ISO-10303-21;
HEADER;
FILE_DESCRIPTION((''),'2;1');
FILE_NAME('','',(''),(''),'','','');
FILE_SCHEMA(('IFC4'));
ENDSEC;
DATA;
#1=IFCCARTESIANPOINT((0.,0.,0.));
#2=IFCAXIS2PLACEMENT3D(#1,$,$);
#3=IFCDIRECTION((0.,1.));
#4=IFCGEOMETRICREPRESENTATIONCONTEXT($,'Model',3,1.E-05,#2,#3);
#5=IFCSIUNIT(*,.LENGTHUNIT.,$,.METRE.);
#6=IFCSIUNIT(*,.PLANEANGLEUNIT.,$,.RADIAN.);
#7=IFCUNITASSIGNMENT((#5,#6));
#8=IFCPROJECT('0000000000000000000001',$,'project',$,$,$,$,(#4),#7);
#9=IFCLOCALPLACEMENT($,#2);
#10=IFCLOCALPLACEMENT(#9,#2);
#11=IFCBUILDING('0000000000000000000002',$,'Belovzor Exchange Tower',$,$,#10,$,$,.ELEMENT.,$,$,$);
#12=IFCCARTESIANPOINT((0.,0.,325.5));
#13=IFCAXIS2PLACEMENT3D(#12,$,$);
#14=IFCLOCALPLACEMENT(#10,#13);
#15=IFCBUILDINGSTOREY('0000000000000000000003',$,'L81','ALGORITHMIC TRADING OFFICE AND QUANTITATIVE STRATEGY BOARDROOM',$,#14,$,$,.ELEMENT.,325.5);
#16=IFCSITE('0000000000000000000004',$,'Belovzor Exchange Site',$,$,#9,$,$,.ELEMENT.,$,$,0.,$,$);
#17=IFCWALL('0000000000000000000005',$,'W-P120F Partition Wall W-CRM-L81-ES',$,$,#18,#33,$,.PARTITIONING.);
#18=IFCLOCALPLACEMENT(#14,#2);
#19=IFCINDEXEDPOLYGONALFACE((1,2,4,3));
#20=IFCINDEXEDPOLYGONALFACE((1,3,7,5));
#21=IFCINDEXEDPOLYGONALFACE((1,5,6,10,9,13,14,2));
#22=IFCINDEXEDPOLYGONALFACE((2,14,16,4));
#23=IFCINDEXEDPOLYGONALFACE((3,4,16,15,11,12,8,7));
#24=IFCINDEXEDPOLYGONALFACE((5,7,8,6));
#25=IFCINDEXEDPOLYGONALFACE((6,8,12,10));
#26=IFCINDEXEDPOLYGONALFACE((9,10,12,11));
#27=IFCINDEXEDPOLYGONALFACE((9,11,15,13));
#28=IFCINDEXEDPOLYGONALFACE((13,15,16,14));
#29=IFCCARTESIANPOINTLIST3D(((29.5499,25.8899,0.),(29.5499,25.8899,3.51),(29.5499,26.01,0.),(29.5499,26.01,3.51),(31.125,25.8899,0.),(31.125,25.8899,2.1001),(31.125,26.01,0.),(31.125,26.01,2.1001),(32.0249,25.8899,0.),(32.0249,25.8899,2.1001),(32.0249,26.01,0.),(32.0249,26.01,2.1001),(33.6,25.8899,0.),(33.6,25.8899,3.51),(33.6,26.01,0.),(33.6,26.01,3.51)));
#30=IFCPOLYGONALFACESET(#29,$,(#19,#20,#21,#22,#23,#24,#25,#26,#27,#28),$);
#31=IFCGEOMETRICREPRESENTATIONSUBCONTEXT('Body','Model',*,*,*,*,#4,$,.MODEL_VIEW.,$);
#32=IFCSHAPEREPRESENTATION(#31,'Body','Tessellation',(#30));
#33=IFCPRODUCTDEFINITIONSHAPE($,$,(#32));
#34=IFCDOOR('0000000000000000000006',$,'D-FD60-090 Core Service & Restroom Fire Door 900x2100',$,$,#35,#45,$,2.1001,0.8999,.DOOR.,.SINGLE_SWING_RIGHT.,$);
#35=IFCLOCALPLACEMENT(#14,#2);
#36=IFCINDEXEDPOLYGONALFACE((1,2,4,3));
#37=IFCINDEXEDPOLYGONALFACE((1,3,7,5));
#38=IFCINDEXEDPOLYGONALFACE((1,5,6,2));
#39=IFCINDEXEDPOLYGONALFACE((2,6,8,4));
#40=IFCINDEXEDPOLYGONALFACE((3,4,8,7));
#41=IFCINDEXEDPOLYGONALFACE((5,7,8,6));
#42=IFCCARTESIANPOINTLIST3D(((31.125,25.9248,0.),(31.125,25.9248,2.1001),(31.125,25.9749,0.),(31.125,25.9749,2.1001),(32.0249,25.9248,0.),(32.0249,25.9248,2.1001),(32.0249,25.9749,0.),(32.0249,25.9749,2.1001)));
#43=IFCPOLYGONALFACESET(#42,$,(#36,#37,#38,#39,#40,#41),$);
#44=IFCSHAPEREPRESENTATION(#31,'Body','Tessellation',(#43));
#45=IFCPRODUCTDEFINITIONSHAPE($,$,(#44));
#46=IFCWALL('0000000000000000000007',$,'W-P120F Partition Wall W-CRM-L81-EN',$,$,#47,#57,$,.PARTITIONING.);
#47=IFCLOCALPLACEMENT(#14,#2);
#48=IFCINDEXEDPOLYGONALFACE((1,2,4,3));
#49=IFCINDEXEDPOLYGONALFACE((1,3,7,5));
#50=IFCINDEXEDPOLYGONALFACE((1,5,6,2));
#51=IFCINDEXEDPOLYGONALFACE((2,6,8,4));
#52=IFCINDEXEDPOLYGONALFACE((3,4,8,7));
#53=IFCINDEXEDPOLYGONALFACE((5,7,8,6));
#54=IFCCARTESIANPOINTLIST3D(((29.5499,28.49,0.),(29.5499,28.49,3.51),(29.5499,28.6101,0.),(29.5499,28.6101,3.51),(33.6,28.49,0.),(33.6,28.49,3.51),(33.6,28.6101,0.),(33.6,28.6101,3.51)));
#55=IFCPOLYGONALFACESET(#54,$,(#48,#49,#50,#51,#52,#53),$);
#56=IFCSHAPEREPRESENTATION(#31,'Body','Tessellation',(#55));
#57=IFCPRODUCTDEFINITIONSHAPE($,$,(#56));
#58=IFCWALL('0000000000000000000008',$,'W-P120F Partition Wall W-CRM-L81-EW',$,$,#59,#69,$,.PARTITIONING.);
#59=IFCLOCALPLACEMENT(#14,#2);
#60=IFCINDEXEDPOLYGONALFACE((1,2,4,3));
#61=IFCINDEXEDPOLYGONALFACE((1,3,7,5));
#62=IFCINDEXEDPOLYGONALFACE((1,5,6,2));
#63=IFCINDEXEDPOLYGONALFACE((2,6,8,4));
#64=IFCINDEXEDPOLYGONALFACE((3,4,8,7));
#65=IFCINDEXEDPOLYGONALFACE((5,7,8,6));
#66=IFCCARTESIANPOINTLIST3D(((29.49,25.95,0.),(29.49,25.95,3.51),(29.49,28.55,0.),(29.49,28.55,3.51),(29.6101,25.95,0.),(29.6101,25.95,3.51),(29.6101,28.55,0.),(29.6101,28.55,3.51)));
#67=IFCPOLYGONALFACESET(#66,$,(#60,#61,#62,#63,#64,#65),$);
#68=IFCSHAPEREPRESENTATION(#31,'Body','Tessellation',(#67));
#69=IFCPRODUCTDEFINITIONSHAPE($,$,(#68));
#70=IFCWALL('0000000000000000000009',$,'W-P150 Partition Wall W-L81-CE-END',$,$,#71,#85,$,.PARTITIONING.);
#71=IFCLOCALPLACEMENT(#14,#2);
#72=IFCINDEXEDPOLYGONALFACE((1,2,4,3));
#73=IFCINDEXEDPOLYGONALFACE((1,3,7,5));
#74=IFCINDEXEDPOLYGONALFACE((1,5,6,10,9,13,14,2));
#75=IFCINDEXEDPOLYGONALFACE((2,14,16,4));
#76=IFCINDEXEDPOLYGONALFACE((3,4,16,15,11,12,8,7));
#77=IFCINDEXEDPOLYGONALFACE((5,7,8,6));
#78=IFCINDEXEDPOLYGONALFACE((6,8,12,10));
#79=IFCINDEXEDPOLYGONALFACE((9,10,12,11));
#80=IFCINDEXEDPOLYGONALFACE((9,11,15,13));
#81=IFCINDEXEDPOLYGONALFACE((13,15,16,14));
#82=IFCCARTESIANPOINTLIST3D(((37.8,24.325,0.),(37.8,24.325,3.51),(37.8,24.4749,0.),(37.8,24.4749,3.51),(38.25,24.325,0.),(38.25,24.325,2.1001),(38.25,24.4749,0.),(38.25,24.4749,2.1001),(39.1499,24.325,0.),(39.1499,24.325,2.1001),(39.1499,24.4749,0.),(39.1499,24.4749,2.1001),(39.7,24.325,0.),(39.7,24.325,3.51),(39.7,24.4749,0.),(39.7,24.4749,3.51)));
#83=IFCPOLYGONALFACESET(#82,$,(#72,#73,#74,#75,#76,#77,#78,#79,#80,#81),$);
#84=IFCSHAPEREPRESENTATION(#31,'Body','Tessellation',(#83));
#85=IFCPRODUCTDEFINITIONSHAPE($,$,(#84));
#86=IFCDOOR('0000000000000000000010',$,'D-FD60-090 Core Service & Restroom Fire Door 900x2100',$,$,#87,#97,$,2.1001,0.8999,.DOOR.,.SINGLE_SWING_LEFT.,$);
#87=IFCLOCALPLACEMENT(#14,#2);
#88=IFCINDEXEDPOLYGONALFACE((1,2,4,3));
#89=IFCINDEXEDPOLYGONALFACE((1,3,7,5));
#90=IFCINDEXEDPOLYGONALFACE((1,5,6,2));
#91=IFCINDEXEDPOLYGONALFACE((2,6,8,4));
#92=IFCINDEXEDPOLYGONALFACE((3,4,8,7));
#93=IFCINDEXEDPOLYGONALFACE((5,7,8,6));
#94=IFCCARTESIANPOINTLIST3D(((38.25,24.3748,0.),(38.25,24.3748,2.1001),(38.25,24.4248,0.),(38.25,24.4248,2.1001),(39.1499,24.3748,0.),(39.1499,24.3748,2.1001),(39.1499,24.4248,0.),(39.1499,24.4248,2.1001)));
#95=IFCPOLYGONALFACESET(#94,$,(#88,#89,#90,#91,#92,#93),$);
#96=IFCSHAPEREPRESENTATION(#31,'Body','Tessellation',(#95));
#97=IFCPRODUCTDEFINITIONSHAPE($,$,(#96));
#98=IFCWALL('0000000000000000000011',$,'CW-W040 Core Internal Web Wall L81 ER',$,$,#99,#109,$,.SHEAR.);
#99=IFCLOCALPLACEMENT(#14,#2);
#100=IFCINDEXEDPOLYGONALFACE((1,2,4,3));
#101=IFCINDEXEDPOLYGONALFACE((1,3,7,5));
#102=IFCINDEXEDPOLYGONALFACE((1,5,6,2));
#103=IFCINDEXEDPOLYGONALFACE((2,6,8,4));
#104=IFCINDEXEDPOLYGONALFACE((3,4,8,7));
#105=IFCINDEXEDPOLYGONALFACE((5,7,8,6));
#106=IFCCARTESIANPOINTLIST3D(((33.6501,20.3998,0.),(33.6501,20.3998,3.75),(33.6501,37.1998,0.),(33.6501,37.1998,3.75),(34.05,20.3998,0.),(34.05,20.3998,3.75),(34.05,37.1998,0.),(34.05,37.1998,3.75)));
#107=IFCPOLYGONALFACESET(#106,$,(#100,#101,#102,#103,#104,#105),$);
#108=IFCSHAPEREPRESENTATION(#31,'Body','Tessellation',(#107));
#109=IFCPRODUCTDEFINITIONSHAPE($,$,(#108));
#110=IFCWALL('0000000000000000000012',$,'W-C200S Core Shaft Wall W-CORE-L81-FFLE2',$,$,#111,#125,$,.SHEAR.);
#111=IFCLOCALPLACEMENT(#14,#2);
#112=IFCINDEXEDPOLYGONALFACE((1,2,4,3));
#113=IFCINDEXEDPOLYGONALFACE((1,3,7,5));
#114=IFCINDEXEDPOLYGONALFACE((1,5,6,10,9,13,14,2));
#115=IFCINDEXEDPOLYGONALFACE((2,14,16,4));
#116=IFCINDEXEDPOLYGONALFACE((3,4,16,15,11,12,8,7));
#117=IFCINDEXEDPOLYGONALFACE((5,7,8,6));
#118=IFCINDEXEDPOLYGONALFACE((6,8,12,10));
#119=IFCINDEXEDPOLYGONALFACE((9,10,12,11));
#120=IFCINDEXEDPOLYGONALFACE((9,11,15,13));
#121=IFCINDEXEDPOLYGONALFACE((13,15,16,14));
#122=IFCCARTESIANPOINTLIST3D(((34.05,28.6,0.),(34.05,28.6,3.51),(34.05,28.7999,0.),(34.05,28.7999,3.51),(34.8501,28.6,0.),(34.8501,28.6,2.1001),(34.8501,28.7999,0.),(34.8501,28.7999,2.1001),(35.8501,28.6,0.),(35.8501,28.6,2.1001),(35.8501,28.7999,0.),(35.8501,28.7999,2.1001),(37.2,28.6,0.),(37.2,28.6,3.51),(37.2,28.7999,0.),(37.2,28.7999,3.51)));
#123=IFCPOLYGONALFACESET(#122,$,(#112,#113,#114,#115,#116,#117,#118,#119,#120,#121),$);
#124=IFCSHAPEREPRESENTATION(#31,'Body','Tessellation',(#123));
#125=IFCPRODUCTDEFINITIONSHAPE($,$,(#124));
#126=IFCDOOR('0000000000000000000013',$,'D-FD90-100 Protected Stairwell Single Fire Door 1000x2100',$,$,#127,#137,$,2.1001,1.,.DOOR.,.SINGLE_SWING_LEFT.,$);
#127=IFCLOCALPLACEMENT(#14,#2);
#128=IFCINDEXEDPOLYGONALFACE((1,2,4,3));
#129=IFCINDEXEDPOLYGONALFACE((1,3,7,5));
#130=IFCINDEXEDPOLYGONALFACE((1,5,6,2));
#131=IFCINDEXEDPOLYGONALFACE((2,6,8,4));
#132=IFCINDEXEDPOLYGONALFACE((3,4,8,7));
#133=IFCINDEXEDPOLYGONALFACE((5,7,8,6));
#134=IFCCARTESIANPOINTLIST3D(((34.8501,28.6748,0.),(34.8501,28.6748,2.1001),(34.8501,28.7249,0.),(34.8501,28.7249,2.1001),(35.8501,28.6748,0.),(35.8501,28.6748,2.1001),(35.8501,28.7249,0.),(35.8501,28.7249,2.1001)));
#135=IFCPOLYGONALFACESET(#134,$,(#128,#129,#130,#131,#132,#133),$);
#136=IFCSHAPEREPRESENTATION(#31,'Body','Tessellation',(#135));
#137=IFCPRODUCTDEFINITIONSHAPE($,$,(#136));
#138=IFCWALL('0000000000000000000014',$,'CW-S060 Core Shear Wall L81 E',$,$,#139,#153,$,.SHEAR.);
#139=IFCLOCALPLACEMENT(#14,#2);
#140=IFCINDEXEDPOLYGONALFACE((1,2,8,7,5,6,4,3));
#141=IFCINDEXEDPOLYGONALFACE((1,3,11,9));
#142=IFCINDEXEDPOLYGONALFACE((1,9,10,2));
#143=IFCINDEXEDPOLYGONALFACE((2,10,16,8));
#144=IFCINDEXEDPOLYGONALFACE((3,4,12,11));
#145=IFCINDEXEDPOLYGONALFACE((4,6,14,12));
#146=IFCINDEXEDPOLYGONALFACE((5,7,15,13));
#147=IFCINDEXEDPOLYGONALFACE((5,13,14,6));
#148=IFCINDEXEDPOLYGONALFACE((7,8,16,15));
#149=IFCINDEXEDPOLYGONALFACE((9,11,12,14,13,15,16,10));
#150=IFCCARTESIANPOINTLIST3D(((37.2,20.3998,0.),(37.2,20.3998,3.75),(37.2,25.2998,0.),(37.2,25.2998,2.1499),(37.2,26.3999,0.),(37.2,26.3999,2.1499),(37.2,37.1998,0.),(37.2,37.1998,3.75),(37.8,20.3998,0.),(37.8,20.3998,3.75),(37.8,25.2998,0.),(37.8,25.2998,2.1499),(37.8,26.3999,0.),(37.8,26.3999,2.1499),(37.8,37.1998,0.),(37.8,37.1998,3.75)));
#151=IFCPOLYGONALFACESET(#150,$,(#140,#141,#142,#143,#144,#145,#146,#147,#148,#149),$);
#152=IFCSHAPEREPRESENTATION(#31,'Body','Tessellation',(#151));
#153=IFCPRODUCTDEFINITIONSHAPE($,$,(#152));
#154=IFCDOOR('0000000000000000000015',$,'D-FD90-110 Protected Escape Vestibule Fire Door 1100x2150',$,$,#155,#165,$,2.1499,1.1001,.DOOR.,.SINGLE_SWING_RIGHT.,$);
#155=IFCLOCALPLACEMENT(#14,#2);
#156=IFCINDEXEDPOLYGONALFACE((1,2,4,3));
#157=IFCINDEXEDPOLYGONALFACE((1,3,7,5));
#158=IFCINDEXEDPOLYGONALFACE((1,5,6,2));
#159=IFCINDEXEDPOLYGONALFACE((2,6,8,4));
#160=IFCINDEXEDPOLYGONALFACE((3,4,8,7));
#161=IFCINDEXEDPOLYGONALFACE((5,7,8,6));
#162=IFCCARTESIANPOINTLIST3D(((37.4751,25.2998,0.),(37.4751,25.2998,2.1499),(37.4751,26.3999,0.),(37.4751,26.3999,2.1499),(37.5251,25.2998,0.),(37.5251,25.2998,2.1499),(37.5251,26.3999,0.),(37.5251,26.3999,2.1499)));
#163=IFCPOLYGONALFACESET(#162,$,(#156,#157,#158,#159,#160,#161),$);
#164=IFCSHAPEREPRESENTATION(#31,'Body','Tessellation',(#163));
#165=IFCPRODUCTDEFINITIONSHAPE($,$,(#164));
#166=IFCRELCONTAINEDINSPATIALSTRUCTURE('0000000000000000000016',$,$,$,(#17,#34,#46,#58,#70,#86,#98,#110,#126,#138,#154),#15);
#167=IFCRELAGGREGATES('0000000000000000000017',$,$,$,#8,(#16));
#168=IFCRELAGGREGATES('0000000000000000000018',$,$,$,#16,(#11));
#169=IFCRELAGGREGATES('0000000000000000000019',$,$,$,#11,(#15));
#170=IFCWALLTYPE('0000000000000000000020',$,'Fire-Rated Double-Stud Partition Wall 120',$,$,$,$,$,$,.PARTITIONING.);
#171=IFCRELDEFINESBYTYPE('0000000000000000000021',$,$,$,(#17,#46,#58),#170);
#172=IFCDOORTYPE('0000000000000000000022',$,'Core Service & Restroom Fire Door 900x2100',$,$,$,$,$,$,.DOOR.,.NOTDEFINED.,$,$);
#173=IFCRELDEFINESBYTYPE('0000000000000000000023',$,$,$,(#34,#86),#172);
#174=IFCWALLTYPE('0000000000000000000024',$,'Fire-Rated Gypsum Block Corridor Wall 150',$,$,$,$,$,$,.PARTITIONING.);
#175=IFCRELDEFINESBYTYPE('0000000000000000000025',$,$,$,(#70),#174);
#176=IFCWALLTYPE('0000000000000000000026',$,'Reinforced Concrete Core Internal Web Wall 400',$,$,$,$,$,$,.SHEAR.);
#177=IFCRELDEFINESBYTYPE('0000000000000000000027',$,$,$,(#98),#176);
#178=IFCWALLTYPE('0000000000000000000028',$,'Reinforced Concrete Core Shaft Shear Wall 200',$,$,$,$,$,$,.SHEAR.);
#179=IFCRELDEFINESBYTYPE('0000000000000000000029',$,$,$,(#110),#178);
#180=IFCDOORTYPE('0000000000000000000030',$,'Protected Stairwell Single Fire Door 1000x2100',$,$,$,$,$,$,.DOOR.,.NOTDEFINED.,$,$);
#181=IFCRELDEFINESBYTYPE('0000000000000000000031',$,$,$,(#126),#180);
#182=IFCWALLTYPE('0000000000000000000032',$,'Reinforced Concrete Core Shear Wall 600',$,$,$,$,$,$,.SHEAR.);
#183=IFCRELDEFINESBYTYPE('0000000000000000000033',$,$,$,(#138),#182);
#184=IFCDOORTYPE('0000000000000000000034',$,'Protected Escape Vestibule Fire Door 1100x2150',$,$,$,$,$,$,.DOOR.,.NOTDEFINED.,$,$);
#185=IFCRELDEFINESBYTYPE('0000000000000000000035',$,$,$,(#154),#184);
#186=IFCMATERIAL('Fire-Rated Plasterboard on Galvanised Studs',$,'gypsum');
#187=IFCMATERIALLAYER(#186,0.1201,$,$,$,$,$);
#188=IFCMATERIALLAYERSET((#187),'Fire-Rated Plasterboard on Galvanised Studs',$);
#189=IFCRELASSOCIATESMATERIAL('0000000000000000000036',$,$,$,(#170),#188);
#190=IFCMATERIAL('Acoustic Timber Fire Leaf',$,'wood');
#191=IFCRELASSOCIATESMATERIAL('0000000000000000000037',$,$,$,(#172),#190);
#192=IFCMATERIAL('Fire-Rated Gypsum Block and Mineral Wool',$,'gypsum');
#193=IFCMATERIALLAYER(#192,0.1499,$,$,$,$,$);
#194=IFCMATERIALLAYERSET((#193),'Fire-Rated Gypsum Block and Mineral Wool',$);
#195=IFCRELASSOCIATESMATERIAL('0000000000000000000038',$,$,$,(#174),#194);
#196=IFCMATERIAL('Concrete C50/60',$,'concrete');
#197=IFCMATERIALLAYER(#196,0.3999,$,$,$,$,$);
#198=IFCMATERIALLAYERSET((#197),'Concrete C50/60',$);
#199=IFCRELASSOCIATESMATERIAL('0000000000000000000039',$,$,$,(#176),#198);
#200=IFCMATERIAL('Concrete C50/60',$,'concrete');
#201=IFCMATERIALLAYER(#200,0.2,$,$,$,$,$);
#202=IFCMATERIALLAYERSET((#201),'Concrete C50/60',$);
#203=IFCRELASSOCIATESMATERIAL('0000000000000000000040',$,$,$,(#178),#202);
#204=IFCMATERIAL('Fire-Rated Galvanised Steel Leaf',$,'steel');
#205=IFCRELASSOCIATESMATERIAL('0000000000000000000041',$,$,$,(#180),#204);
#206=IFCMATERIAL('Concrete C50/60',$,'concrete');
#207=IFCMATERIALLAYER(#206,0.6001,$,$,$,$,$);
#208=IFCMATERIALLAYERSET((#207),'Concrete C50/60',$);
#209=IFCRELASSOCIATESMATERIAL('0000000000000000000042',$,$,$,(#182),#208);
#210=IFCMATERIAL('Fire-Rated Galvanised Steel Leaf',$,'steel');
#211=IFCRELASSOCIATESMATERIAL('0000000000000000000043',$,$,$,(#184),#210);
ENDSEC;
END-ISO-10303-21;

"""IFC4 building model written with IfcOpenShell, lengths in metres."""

from ifc_helpers import new_model, si_unit, direction, frame, frame_2d, origin, place, context, subcontext, project, spatial, rectangle, extrude, material, layer, layer_set, type_object, element, fill, save


model = new_model("IFC4")

# Units and contexts
model_context = context("Model", 3, precision=1e-05, world=origin(), true_north=direction((0.0, 1.0)))
body_context = subcontext(model_context, "Body", "Model", "MODEL_VIEW")
ifc_project = project(units=[si_unit("LENGTHUNIT", "METRE"), si_unit("PLANEANGLEUNIT", "RADIAN")], contexts=[model_context])

# Site, building, storey
site_placement = place(None, origin())
site = spatial("IfcSite", under=ifc_project, at=site_placement, Name="Belovzor Exchange Site", CompositionType="ELEMENT", RefElevation=0.0)
building_placement = place(site_placement, origin())
building = spatial("IfcBuilding", under=site, at=building_placement, Name="Belovzor Exchange Tower", CompositionType="ELEMENT")
storey_placement = place(building_placement, frame((0.0, 0.0, 325.5)))
storey = spatial("IfcBuildingStorey", under=building, at=storey_placement, Name="L81", Description="ALGORITHMIC TRADING OFFICE AND QUANTITATIVE STRATEGY BOARDROOM", CompositionType="ELEMENT", Elevation=325.5)

# Shared definitions
ifc_material_1 = material(Name="Fire-Rated Plasterboard on Galvanised Studs", Category="gypsum")
ifc_layer_1 = layer(ifc_material_1, 0.1201)
ifc_layer_set_1 = layer_set([ifc_layer_1], Name="Fire-Rated Plasterboard on Galvanised Studs")
wall_type_1 = type_object("IfcWallType", Name="Fire-Rated Double-Stud Partition Wall 120", PredefinedType="PARTITIONING", material=ifc_layer_set_1)
ifc_material_2 = material(Name="Acoustic Timber Fire Leaf", Category="wood")
door_type_1 = type_object("IfcDoorType", Name="Core Service & Restroom Fire Door 900x2100", OperationType="NOTDEFINED", PredefinedType="DOOR", material=ifc_material_2)

# Wall, opening, door
wall_1_placement = place(storey_placement, frame((29.55, 25.95, 0.0), z_axis=(0.0, 0.0, 1.0), x_axis=(1.0, 0.0, 0.0)))
wall_1 = element("IfcWall", 1, at=wall_1_placement, inside=storey, type_object=wall_type_1, Name="W-P120F Partition Wall W-CRM-L81-ES", PredefinedType="PARTITIONING", context=body_context, shape_type="SweptSolid", body=[
    extrude(rectangle(XDim=4.05, YDim=0.1201, at=frame_2d((2.0249, 0.0))), origin(), (0.0, 0.0, 1.0), 3.51),
])
opening_1_placement = place(wall_1_placement, frame((1.575, 0.0, 0.0)))
opening_1 = element("IfcOpeningElement", 2, at=opening_1_placement, cuts=wall_1, PredefinedType="OPENING", context=body_context, shape_type="SweptSolid", body=[
    extrude(rectangle(XDim=0.8999, YDim=2.1001, at=frame_2d((0.45, 1.05))), frame((0.0, 0.0701, 0.0), z_axis=(0.0, -1.0, 0.0), x_axis=(1.0, 0.0, 0.0)), (0.0, 0.0, 1.0), 0.1401),
])
door_1_placement = place(opening_1_placement, origin())
door_1 = element("IfcDoor", 3, at=door_1_placement, inside=storey, type_object=door_type_1, Name="D-FD60-090 Core Service & Restroom Fire Door 900x2100", OperationType="SINGLE_SWING_RIGHT", OverallHeight=2.1001, OverallWidth=0.8999, PredefinedType="DOOR", context=body_context, shape_type="SweptSolid", body=[
    extrude(rectangle(XDim=0.8999, YDim=2.1001, at=frame_2d((0.45, 1.05))), frame((0.0, 0.0249, 0.0), z_axis=(0.0, -1.0, 0.0), x_axis=(1.0, 0.0, 0.0)), (0.0, 0.0, 1.0), 0.05),
])
fill(opening_1, door_1)

# Walls
wall_2_placement = place(storey_placement, frame((29.55, 28.55, 0.0), z_axis=(0.0, 0.0, 1.0), x_axis=(1.0, 0.0, 0.0)))
element("IfcWall", 4, at=wall_2_placement, inside=storey, type_object=wall_type_1, Name="W-P120F Partition Wall W-CRM-L81-EN", PredefinedType="PARTITIONING", context=body_context, shape_type="SweptSolid", body=[
    extrude(rectangle(XDim=4.05, YDim=0.1201, at=frame_2d((2.0249, 0.0))), origin(), (0.0, 0.0, 1.0), 3.51),
])
wall_3_placement = place(storey_placement, frame((29.55, 25.95, 0.0), z_axis=(0.0, 0.0, 1.0), x_axis=(0.0, 1.0, 0.0)))
element("IfcWall", 5, at=wall_3_placement, inside=storey, type_object=wall_type_1, Name="W-P120F Partition Wall W-CRM-L81-EW", PredefinedType="PARTITIONING", context=body_context, shape_type="SweptSolid", body=[
    extrude(rectangle(XDim=2.6001, YDim=0.1201, at=frame_2d((1.3, 0.0))), origin(), (0.0, 0.0, 1.0), 3.51),
])

# Wall, opening, door
ifc_material_3 = material(Name="Fire-Rated Gypsum Block and Mineral Wool", Category="gypsum")
ifc_layer_2 = layer(ifc_material_3, 0.1499)
ifc_layer_set_2 = layer_set([ifc_layer_2], Name="Fire-Rated Gypsum Block and Mineral Wool")
wall_type_2 = type_object("IfcWallType", Name="Fire-Rated Gypsum Block Corridor Wall 150", PredefinedType="PARTITIONING", material=ifc_layer_set_2)
wall_4_placement = place(storey_placement, frame((37.8, 24.3999, 0.0), z_axis=(0.0, 0.0, 1.0), x_axis=(1.0, 0.0, 0.0)))
wall_4 = element("IfcWall", 6, at=wall_4_placement, inside=storey, type_object=wall_type_2, Name="W-P150 Partition Wall W-L81-CE-END", PredefinedType="PARTITIONING", context=body_context, shape_type="SweptSolid", body=[
    extrude(rectangle(XDim=1.8999, YDim=0.1499, at=frame_2d((0.95, 0.0))), origin(), (0.0, 0.0, 1.0), 3.51),
])
opening_2_placement = place(wall_4_placement, frame((0.45, 0.0, 0.0)))
opening_2 = element("IfcOpeningElement", 7, at=opening_2_placement, cuts=wall_4, PredefinedType="OPENING", context=body_context, shape_type="SweptSolid", body=[
    extrude(rectangle(XDim=0.8999, YDim=2.1001, at=frame_2d((0.45, 1.05))), frame((0.0, 0.085, 0.0), z_axis=(0.0, -1.0, 0.0), x_axis=(1.0, 0.0, 0.0)), (0.0, 0.0, 1.0), 0.1699),
])
door_2_placement = place(opening_2_placement, origin())
door_2 = element("IfcDoor", 8, at=door_2_placement, inside=storey, type_object=door_type_1, Name="D-FD60-090 Core Service & Restroom Fire Door 900x2100", OperationType="SINGLE_SWING_LEFT", OverallHeight=2.1001, OverallWidth=0.8999, PredefinedType="DOOR", context=body_context, shape_type="SweptSolid", body=[
    extrude(rectangle(XDim=0.8999, YDim=2.1001, at=frame_2d((0.45, 1.05))), frame((0.0, 0.0249, 0.0), z_axis=(0.0, -1.0, 0.0), x_axis=(1.0, 0.0, 0.0)), (0.0, 0.0, 1.0), 0.05),
])
fill(opening_2, door_2)

# Wall
ifc_material_4 = material(Name="Concrete C50/60", Category="concrete")
ifc_layer_3 = layer(ifc_material_4, 0.3999)
ifc_layer_set_3 = layer_set([ifc_layer_3], Name="Concrete C50/60")
wall_type_3 = type_object("IfcWallType", Name="Reinforced Concrete Core Internal Web Wall 400", PredefinedType="SHEAR", material=ifc_layer_set_3)
wall_5_placement = place(storey_placement, frame((33.8501, 20.3999, 0.0), z_axis=(0.0, 0.0, 1.0), x_axis=(0.0, 1.0, 0.0)))
element("IfcWall", 9, at=wall_5_placement, inside=storey, type_object=wall_type_3, Name="CW-W040 Core Internal Web Wall L81 ER", PredefinedType="SHEAR", context=body_context, shape_type="SweptSolid", body=[
    extrude(rectangle(XDim=16.8, YDim=0.3999, at=frame_2d((8.3999, 0.0))), origin(), (0.0, 0.0, 1.0), 3.75),
])

# Walls, openings, doors
ifc_material_5 = material(Name="Concrete C50/60", Category="concrete")
ifc_layer_4 = layer(ifc_material_5, 0.2)
ifc_layer_set_4 = layer_set([ifc_layer_4], Name="Concrete C50/60")
wall_type_4 = type_object("IfcWallType", Name="Reinforced Concrete Core Shaft Shear Wall 200", PredefinedType="SHEAR", material=ifc_layer_set_4)
wall_6_placement = place(storey_placement, frame((34.05, 28.7, 0.0), z_axis=(0.0, 0.0, 1.0), x_axis=(1.0, 0.0, 0.0)))
wall_6 = element("IfcWall", 10, at=wall_6_placement, inside=storey, type_object=wall_type_4, Name="W-C200S Core Shaft Wall W-CORE-L81-FFLE2", PredefinedType="SHEAR", context=body_context, shape_type="SweptSolid", body=[
    extrude(rectangle(XDim=3.1499, YDim=0.2, at=frame_2d((1.575, 0.0))), origin(), (0.0, 0.0, 1.0), 3.51),
])
opening_3_placement = place(wall_6_placement, frame((0.8, 0.0, 0.0)))
opening_3 = element("IfcOpeningElement", 11, at=opening_3_placement, cuts=wall_6, PredefinedType="OPENING", context=body_context, shape_type="SweptSolid", body=[
    extrude(rectangle(XDim=1.0, YDim=2.1001, at=frame_2d((0.5, 1.05))), frame((0.0, 0.1099, 0.0), z_axis=(0.0, -1.0, 0.0), x_axis=(1.0, 0.0, 0.0)), (0.0, 0.0, 1.0), 0.22),
])
ifc_material_6 = material(Name="Fire-Rated Galvanised Steel Leaf", Category="steel")
door_type_2 = type_object("IfcDoorType", Name="Protected Stairwell Single Fire Door 1000x2100", OperationType="NOTDEFINED", PredefinedType="DOOR", material=ifc_material_6)
door_3_placement = place(opening_3_placement, origin())
door_3 = element("IfcDoor", 12, at=door_3_placement, inside=storey, type_object=door_type_2, Name="D-FD90-100 Protected Stairwell Single Fire Door 1000x2100", OperationType="SINGLE_SWING_LEFT", OverallHeight=2.1001, OverallWidth=1.0, PredefinedType="DOOR", context=body_context, shape_type="SweptSolid", body=[
    extrude(rectangle(XDim=1.0, YDim=2.1001, at=frame_2d((0.5, 1.05))), frame((0.0, 0.0249, 0.0), z_axis=(0.0, -1.0, 0.0), x_axis=(1.0, 0.0, 0.0)), (0.0, 0.0, 1.0), 0.05),
])
fill(opening_3, door_3)
ifc_material_7 = material(Name="Concrete C50/60", Category="concrete")
ifc_layer_5 = layer(ifc_material_7, 0.6001)
ifc_layer_set_5 = layer_set([ifc_layer_5], Name="Concrete C50/60")
wall_type_5 = type_object("IfcWallType", Name="Reinforced Concrete Core Shear Wall 600", PredefinedType="SHEAR", material=ifc_layer_set_5)
wall_7_placement = place(storey_placement, frame((37.5, 20.3999, 0.0), z_axis=(0.0, 0.0, 1.0), x_axis=(0.0, 1.0, 0.0)))
wall_7 = element("IfcWall", 13, at=wall_7_placement, inside=storey, type_object=wall_type_5, Name="CW-S060 Core Shear Wall L81 E", PredefinedType="SHEAR", context=body_context, shape_type="SweptSolid", body=[
    extrude(rectangle(XDim=16.8, YDim=0.6001, at=frame_2d((8.3999, 0.0))), origin(), (0.0, 0.0, 1.0), 3.75),
])
opening_4_placement = place(wall_7_placement, frame((4.8999, 0.0, 0.0)))
opening_4 = element("IfcOpeningElement", 14, at=opening_4_placement, cuts=wall_7, PredefinedType="OPENING", context=body_context, shape_type="SweptSolid", body=[
    extrude(rectangle(XDim=1.1001, YDim=2.1499, at=frame_2d((0.55, 1.075))), frame((0.0, 0.3101, 0.0), z_axis=(0.0, -1.0, 0.0), x_axis=(1.0, 0.0, 0.0)), (0.0, 0.0, 1.0), 0.6201),
])
ifc_material_8 = material(Name="Fire-Rated Galvanised Steel Leaf", Category="steel")
door_type_3 = type_object("IfcDoorType", Name="Protected Escape Vestibule Fire Door 1100x2150", OperationType="NOTDEFINED", PredefinedType="DOOR", material=ifc_material_8)
door_4_placement = place(opening_4_placement, origin())
door_4 = element("IfcDoor", 15, at=door_4_placement, inside=storey, type_object=door_type_3, Name="D-FD90-110 Protected Escape Vestibule Fire Door 1100x2150", OperationType="SINGLE_SWING_RIGHT", OverallHeight=2.1499, OverallWidth=1.1001, PredefinedType="DOOR", context=body_context, shape_type="SweptSolid", body=[
    extrude(rectangle(XDim=1.1001, YDim=2.1499, at=frame_2d((0.55, 1.075))), frame((0.0, 0.0249, 0.0), z_axis=(0.0, -1.0, 0.0), x_axis=(1.0, 0.0, 0.0)), (0.0, 0.0, 1.0), 0.05),
])
fill(opening_4, door_4)

save(model, "model.ifc")
